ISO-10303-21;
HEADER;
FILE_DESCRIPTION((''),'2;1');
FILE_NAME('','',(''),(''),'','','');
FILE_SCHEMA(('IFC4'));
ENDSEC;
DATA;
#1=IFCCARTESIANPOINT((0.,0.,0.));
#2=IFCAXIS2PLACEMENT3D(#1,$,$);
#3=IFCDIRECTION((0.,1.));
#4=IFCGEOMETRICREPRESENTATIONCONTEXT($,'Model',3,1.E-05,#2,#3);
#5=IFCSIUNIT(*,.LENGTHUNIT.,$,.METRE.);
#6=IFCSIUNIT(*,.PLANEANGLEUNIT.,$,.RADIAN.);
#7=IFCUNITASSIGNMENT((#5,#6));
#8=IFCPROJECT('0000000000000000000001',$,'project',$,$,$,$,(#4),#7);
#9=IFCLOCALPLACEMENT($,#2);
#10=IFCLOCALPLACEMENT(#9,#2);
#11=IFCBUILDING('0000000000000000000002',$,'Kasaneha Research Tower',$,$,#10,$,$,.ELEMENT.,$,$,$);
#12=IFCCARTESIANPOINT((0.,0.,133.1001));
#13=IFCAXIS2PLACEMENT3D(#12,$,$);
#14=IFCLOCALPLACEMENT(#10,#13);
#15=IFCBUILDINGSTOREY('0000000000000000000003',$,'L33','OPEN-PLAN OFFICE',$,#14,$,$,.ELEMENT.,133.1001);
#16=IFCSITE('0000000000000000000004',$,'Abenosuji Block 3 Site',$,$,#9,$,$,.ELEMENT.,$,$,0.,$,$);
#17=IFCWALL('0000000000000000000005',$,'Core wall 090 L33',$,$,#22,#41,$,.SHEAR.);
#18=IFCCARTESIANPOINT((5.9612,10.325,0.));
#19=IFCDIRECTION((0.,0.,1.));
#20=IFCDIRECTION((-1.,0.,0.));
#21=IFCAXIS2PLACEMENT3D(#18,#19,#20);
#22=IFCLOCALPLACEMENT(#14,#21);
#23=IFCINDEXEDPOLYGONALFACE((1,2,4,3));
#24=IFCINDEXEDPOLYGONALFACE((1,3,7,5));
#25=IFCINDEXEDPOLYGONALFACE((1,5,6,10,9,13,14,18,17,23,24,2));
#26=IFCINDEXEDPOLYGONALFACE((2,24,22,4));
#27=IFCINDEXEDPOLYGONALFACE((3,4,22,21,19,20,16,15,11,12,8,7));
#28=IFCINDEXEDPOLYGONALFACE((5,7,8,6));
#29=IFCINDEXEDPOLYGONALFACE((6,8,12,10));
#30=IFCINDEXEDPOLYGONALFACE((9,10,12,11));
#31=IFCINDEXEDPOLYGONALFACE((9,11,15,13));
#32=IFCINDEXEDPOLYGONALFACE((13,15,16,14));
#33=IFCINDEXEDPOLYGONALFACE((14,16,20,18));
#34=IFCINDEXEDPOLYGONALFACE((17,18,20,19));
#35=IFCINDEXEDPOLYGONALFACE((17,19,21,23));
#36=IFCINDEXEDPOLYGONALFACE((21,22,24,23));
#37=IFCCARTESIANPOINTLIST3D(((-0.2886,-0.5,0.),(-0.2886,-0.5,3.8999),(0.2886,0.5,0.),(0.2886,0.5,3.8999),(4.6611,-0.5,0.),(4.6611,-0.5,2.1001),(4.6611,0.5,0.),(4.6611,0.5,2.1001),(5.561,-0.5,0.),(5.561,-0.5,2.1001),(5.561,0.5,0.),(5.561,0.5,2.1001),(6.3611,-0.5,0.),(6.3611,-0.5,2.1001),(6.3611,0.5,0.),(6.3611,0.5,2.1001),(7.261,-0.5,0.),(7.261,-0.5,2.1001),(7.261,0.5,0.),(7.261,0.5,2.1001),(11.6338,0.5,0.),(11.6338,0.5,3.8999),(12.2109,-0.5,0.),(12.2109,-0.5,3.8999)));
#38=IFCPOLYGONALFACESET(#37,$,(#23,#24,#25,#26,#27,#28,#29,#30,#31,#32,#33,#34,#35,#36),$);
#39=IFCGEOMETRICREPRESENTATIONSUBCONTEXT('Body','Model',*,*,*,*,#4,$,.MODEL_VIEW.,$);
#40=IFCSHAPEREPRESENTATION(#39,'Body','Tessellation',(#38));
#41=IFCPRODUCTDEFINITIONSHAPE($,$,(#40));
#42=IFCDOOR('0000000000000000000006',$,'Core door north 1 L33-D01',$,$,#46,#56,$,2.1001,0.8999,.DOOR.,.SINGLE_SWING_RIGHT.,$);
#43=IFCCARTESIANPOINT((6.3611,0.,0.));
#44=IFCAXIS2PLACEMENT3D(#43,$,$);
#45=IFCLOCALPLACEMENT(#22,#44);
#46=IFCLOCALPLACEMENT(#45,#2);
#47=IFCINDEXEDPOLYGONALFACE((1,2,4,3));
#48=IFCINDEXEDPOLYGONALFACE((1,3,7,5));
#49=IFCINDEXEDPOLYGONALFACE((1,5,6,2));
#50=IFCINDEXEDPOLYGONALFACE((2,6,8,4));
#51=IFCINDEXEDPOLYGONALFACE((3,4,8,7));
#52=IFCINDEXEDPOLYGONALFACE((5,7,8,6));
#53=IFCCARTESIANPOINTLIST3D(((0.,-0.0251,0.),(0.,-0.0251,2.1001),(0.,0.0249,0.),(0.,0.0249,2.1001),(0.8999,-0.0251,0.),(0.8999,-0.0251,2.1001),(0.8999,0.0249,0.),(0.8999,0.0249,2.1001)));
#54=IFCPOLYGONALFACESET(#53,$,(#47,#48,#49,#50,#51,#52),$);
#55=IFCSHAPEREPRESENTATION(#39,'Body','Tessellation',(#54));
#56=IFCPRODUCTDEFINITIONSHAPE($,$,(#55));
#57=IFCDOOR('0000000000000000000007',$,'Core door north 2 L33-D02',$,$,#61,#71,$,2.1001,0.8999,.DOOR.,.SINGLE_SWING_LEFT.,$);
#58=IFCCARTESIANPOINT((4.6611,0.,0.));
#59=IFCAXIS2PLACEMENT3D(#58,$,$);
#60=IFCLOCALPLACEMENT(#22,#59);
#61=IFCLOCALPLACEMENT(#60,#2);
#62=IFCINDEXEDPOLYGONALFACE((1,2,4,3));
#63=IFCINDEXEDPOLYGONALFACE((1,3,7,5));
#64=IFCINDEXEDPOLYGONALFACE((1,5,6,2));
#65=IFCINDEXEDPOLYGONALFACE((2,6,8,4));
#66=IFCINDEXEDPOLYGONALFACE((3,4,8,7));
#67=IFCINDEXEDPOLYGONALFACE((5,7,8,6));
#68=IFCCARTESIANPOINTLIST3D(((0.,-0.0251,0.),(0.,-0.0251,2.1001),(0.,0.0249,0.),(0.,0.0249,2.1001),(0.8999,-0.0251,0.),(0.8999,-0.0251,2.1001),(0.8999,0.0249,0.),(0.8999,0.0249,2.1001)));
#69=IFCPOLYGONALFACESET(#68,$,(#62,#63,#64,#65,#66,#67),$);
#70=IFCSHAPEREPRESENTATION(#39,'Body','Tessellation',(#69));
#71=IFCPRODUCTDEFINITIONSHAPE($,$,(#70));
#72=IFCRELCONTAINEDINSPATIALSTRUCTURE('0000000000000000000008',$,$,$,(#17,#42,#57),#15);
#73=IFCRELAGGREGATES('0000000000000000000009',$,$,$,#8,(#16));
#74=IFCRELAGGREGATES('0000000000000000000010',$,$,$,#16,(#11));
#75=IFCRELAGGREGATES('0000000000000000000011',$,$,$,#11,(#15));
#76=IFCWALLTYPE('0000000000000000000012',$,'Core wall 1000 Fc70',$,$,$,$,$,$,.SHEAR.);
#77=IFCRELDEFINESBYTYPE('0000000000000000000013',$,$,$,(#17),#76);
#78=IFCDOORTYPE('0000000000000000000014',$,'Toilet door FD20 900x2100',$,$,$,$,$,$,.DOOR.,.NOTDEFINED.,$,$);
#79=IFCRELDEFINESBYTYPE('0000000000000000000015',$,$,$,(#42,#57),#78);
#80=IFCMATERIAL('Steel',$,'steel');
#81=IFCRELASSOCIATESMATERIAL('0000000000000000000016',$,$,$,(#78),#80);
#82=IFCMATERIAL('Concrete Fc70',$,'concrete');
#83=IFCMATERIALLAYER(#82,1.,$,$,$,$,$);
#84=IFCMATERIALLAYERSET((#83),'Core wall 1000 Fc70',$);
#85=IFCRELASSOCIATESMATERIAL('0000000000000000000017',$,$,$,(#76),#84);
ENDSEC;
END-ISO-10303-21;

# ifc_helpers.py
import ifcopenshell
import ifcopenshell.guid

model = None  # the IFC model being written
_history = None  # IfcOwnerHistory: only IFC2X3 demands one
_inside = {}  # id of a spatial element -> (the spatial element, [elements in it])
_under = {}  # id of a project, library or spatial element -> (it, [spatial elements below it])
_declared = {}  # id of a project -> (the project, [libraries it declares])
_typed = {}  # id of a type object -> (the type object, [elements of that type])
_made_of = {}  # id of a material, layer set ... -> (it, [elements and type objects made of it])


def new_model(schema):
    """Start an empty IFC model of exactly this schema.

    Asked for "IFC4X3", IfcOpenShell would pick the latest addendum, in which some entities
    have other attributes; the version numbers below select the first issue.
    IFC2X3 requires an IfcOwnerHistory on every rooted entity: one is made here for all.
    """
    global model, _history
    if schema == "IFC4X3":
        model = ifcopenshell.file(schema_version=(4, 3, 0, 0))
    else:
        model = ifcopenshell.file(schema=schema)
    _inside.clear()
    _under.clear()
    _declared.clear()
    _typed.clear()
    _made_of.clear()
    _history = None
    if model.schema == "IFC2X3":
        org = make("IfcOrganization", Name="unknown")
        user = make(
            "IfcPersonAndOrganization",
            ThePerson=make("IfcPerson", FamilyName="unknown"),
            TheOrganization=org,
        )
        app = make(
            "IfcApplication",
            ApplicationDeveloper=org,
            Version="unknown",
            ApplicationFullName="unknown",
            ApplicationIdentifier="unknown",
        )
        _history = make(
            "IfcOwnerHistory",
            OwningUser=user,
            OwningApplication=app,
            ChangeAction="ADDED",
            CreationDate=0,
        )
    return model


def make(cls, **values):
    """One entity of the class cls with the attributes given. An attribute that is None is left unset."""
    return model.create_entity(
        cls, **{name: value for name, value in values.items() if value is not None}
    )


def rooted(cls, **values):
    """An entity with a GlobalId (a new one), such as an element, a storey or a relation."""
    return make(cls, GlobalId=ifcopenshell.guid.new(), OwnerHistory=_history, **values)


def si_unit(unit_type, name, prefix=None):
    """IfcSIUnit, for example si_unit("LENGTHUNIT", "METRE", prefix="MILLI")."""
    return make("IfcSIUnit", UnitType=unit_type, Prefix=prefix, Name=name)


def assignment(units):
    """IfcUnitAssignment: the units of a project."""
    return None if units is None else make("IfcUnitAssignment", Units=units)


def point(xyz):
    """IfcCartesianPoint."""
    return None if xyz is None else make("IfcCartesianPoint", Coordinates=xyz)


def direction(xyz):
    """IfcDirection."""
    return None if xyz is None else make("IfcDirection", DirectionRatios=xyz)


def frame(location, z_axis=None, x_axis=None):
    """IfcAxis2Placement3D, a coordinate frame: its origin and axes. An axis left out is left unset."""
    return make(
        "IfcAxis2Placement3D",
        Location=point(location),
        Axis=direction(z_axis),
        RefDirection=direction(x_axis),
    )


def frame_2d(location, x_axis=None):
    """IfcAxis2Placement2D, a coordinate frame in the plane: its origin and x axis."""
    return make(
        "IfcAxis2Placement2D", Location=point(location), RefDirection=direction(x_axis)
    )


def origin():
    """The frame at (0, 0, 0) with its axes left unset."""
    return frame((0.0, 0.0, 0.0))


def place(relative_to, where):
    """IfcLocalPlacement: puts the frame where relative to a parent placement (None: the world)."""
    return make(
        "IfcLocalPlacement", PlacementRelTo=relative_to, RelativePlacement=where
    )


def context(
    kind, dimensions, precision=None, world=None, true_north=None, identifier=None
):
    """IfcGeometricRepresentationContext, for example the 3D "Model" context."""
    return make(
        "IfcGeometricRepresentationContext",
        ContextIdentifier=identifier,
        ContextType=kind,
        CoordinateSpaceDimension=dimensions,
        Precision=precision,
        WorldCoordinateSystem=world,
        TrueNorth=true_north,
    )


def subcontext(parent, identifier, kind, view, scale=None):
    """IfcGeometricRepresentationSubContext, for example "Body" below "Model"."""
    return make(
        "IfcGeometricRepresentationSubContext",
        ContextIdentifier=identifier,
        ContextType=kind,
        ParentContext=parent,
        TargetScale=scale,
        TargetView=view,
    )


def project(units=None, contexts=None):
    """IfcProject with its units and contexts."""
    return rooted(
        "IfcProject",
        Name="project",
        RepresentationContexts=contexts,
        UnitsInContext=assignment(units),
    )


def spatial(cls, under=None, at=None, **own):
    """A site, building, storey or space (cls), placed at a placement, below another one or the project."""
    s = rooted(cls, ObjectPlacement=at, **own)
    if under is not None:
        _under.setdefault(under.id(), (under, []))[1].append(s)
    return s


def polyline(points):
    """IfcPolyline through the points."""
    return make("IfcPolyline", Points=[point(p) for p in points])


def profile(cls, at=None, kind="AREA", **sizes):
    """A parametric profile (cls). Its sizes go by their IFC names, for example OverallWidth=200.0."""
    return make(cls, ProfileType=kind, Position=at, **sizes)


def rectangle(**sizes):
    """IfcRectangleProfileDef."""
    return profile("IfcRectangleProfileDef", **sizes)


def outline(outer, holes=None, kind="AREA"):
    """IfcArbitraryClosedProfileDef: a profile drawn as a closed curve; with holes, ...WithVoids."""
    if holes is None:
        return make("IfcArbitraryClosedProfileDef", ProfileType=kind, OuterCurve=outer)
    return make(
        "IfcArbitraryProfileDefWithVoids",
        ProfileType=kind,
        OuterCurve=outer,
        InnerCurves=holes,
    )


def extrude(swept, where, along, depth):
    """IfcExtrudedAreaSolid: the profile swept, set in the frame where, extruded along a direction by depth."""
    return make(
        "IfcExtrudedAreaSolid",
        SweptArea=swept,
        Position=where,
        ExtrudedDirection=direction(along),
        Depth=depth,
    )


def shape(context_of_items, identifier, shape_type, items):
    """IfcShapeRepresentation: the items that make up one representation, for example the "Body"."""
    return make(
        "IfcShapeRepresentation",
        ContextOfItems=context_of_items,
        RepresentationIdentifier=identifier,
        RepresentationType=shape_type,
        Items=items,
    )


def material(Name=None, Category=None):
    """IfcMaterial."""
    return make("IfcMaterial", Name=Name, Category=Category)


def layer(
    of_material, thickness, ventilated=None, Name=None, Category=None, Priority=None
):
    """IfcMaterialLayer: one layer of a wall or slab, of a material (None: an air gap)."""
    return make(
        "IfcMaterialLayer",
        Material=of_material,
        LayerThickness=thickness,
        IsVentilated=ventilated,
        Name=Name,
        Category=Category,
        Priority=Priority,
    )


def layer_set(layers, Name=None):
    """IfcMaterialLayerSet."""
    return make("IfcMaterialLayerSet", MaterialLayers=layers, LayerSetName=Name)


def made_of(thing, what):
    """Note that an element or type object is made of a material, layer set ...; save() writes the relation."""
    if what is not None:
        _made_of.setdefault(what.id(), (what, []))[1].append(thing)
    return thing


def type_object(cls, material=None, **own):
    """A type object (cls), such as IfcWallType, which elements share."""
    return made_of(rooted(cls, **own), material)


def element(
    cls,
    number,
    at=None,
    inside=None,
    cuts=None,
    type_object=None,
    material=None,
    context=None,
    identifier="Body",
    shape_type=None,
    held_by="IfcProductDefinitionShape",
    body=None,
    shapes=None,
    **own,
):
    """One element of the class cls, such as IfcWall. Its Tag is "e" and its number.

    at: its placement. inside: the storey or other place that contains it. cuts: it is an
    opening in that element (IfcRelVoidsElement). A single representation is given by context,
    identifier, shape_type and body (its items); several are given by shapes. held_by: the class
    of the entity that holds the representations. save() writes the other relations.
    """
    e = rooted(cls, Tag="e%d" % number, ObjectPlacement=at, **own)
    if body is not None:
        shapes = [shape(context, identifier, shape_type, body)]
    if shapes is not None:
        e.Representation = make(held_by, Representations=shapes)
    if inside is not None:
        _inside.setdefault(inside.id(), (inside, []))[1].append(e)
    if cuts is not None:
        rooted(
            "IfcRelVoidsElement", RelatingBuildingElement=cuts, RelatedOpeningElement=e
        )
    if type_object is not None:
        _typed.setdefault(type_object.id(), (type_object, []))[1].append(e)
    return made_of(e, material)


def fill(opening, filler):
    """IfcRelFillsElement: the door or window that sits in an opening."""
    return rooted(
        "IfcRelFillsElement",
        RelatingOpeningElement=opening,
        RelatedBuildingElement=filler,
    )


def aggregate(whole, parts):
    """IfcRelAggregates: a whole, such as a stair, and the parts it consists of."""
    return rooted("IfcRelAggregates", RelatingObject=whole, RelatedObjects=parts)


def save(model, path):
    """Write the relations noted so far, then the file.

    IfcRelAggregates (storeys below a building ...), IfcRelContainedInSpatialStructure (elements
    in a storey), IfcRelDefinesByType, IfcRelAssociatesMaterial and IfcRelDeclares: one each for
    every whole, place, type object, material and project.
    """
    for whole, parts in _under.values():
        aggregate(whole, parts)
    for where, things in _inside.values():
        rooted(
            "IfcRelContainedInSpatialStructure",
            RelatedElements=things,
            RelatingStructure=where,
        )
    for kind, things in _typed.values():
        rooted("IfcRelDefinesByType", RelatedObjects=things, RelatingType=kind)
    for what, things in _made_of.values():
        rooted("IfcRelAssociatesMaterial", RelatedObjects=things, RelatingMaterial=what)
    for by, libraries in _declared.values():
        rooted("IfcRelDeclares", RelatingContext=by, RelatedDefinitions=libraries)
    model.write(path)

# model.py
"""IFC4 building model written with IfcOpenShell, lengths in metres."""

from ifc_helpers import new_model, si_unit, direction, frame, frame_2d, origin, place, context, subcontext, project, spatial, polyline, rectangle, outline, extrude, material, layer, layer_set, type_object, element, fill, save


model = new_model("IFC4")

# Units and contexts
model_context = context("Model", 3, precision=1e-05, world=origin(), true_north=direction((0.0, 1.0)))
body_context = subcontext(model_context, "Body", "Model", "MODEL_VIEW")
ifc_project = project(units=[si_unit("LENGTHUNIT", "METRE"), si_unit("PLANEANGLEUNIT", "RADIAN")], contexts=[model_context])

# Site, building, storey
site_placement = place(None, origin())
site = spatial("IfcSite", under=ifc_project, at=site_placement, Name="Abenosuji Block 3 Site", CompositionType="ELEMENT", RefElevation=0.0)
building_placement = place(site_placement, origin())
building = spatial("IfcBuilding", under=site, at=building_placement, Name="Kasaneha Research Tower", CompositionType="ELEMENT")
storey_placement = place(building_placement, frame((0.0, 0.0, 133.1001)))
storey = spatial("IfcBuildingStorey", under=building, at=storey_placement, Name="L33", Description="OPEN-PLAN OFFICE", CompositionType="ELEMENT", Elevation=133.1001)

# Shared definitions
ifc_material_1 = material(Name="Steel", Category="steel")
door_type_1 = type_object("IfcDoorType", Name="Toilet door FD20 900x2100", OperationType="NOTDEFINED", PredefinedType="DOOR", material=ifc_material_1)

# Wall, openings, doors
ifc_material_2 = material(Name="Concrete Fc70", Category="concrete")
ifc_layer_1 = layer(ifc_material_2, 1.0)
ifc_layer_set_1 = layer_set([ifc_layer_1], Name="Core wall 1000 Fc70")
wall_type_1 = type_object("IfcWallType", Name="Core wall 1000 Fc70", PredefinedType="SHEAR", material=ifc_layer_set_1)
wall_1_placement = place(storey_placement, frame((5.9612, 10.325, 0.0), z_axis=(0.0, 0.0, 1.0), x_axis=(-1.0, 0.0, 0.0)))
wall_1 = element("IfcWall", 1, at=wall_1_placement, inside=storey, type_object=wall_type_1, Name="Core wall 090 L33", PredefinedType="SHEAR", context=body_context, shape_type="SweptSolid", body=[
    extrude(outline(polyline([(-0.2886, -0.5), (4.6611, -0.5), (5.561, -0.5), (6.3611, -0.5), (7.261, -0.5), (12.2109, -0.5), (11.6338, 0.5), (7.261, 0.5), (6.3611, 0.5), (5.561, 0.5), (4.6611, 0.5), (0.2886, 0.5), (-0.2886, -0.5)])), origin(), (0.0, 0.0, 1.0), 3.8999),
])
opening_1_placement = place(wall_1_placement, frame((6.3611, 0.0, 0.0)))
opening_1 = element("IfcOpeningElement", 2, at=opening_1_placement, cuts=wall_1, PredefinedType="OPENING", context=body_context, shape_type="SweptSolid", body=[
    extrude(rectangle(XDim=0.8999, YDim=2.1001, at=frame_2d((0.45, 1.05))), frame((0.0, 0.51, 0.0), z_axis=(0.0, -1.0, 0.0), x_axis=(1.0, 0.0, 0.0)), (0.0, 0.0, 1.0), 1.02),
])
opening_2_placement = place(wall_1_placement, frame((4.6611, 0.0, 0.0)))
opening_2 = element("IfcOpeningElement", 3, at=opening_2_placement, cuts=wall_1, PredefinedType="OPENING", context=body_context, shape_type="SweptSolid", body=[
    extrude(rectangle(XDim=0.8999, YDim=2.1001, at=frame_2d((0.45, 1.05))), frame((0.0, 0.51, 0.0), z_axis=(0.0, -1.0, 0.0), x_axis=(1.0, 0.0, 0.0)), (0.0, 0.0, 1.0), 1.02),
])
door_1_placement = place(opening_1_placement, origin())
door_1 = element("IfcDoor", 4, at=door_1_placement, inside=storey, type_object=door_type_1, Name="Core door north 1 L33-D01", OperationType="SINGLE_SWING_RIGHT", OverallHeight=2.1001, OverallWidth=0.8999, PredefinedType="DOOR", context=body_context, shape_type="SweptSolid", body=[
    extrude(rectangle(XDim=0.8999, YDim=2.1001, at=frame_2d((0.45, 1.05))), frame((0.0, 0.0249, 0.0), z_axis=(0.0, -1.0, 0.0), x_axis=(1.0, 0.0, 0.0)), (0.0, 0.0, 1.0), 0.05),
])
fill(opening_1, door_1)
door_2_placement = place(opening_2_placement, origin())
door_2 = element("IfcDoor", 5, at=door_2_placement, inside=storey, type_object=door_type_1, Name="Core door north 2 L33-D02", OperationType="SINGLE_SWING_LEFT", OverallHeight=2.1001, OverallWidth=0.8999, PredefinedType="DOOR", context=body_context, shape_type="SweptSolid", body=[
    extrude(rectangle(XDim=0.8999, YDim=2.1001, at=frame_2d((0.45, 1.05))), frame((0.0, 0.0249, 0.0), z_axis=(0.0, -1.0, 0.0), x_axis=(1.0, 0.0, 0.0)), (0.0, 0.0, 1.0), 0.05),
])
fill(opening_2, door_2)

save(model, "model.ifc")
